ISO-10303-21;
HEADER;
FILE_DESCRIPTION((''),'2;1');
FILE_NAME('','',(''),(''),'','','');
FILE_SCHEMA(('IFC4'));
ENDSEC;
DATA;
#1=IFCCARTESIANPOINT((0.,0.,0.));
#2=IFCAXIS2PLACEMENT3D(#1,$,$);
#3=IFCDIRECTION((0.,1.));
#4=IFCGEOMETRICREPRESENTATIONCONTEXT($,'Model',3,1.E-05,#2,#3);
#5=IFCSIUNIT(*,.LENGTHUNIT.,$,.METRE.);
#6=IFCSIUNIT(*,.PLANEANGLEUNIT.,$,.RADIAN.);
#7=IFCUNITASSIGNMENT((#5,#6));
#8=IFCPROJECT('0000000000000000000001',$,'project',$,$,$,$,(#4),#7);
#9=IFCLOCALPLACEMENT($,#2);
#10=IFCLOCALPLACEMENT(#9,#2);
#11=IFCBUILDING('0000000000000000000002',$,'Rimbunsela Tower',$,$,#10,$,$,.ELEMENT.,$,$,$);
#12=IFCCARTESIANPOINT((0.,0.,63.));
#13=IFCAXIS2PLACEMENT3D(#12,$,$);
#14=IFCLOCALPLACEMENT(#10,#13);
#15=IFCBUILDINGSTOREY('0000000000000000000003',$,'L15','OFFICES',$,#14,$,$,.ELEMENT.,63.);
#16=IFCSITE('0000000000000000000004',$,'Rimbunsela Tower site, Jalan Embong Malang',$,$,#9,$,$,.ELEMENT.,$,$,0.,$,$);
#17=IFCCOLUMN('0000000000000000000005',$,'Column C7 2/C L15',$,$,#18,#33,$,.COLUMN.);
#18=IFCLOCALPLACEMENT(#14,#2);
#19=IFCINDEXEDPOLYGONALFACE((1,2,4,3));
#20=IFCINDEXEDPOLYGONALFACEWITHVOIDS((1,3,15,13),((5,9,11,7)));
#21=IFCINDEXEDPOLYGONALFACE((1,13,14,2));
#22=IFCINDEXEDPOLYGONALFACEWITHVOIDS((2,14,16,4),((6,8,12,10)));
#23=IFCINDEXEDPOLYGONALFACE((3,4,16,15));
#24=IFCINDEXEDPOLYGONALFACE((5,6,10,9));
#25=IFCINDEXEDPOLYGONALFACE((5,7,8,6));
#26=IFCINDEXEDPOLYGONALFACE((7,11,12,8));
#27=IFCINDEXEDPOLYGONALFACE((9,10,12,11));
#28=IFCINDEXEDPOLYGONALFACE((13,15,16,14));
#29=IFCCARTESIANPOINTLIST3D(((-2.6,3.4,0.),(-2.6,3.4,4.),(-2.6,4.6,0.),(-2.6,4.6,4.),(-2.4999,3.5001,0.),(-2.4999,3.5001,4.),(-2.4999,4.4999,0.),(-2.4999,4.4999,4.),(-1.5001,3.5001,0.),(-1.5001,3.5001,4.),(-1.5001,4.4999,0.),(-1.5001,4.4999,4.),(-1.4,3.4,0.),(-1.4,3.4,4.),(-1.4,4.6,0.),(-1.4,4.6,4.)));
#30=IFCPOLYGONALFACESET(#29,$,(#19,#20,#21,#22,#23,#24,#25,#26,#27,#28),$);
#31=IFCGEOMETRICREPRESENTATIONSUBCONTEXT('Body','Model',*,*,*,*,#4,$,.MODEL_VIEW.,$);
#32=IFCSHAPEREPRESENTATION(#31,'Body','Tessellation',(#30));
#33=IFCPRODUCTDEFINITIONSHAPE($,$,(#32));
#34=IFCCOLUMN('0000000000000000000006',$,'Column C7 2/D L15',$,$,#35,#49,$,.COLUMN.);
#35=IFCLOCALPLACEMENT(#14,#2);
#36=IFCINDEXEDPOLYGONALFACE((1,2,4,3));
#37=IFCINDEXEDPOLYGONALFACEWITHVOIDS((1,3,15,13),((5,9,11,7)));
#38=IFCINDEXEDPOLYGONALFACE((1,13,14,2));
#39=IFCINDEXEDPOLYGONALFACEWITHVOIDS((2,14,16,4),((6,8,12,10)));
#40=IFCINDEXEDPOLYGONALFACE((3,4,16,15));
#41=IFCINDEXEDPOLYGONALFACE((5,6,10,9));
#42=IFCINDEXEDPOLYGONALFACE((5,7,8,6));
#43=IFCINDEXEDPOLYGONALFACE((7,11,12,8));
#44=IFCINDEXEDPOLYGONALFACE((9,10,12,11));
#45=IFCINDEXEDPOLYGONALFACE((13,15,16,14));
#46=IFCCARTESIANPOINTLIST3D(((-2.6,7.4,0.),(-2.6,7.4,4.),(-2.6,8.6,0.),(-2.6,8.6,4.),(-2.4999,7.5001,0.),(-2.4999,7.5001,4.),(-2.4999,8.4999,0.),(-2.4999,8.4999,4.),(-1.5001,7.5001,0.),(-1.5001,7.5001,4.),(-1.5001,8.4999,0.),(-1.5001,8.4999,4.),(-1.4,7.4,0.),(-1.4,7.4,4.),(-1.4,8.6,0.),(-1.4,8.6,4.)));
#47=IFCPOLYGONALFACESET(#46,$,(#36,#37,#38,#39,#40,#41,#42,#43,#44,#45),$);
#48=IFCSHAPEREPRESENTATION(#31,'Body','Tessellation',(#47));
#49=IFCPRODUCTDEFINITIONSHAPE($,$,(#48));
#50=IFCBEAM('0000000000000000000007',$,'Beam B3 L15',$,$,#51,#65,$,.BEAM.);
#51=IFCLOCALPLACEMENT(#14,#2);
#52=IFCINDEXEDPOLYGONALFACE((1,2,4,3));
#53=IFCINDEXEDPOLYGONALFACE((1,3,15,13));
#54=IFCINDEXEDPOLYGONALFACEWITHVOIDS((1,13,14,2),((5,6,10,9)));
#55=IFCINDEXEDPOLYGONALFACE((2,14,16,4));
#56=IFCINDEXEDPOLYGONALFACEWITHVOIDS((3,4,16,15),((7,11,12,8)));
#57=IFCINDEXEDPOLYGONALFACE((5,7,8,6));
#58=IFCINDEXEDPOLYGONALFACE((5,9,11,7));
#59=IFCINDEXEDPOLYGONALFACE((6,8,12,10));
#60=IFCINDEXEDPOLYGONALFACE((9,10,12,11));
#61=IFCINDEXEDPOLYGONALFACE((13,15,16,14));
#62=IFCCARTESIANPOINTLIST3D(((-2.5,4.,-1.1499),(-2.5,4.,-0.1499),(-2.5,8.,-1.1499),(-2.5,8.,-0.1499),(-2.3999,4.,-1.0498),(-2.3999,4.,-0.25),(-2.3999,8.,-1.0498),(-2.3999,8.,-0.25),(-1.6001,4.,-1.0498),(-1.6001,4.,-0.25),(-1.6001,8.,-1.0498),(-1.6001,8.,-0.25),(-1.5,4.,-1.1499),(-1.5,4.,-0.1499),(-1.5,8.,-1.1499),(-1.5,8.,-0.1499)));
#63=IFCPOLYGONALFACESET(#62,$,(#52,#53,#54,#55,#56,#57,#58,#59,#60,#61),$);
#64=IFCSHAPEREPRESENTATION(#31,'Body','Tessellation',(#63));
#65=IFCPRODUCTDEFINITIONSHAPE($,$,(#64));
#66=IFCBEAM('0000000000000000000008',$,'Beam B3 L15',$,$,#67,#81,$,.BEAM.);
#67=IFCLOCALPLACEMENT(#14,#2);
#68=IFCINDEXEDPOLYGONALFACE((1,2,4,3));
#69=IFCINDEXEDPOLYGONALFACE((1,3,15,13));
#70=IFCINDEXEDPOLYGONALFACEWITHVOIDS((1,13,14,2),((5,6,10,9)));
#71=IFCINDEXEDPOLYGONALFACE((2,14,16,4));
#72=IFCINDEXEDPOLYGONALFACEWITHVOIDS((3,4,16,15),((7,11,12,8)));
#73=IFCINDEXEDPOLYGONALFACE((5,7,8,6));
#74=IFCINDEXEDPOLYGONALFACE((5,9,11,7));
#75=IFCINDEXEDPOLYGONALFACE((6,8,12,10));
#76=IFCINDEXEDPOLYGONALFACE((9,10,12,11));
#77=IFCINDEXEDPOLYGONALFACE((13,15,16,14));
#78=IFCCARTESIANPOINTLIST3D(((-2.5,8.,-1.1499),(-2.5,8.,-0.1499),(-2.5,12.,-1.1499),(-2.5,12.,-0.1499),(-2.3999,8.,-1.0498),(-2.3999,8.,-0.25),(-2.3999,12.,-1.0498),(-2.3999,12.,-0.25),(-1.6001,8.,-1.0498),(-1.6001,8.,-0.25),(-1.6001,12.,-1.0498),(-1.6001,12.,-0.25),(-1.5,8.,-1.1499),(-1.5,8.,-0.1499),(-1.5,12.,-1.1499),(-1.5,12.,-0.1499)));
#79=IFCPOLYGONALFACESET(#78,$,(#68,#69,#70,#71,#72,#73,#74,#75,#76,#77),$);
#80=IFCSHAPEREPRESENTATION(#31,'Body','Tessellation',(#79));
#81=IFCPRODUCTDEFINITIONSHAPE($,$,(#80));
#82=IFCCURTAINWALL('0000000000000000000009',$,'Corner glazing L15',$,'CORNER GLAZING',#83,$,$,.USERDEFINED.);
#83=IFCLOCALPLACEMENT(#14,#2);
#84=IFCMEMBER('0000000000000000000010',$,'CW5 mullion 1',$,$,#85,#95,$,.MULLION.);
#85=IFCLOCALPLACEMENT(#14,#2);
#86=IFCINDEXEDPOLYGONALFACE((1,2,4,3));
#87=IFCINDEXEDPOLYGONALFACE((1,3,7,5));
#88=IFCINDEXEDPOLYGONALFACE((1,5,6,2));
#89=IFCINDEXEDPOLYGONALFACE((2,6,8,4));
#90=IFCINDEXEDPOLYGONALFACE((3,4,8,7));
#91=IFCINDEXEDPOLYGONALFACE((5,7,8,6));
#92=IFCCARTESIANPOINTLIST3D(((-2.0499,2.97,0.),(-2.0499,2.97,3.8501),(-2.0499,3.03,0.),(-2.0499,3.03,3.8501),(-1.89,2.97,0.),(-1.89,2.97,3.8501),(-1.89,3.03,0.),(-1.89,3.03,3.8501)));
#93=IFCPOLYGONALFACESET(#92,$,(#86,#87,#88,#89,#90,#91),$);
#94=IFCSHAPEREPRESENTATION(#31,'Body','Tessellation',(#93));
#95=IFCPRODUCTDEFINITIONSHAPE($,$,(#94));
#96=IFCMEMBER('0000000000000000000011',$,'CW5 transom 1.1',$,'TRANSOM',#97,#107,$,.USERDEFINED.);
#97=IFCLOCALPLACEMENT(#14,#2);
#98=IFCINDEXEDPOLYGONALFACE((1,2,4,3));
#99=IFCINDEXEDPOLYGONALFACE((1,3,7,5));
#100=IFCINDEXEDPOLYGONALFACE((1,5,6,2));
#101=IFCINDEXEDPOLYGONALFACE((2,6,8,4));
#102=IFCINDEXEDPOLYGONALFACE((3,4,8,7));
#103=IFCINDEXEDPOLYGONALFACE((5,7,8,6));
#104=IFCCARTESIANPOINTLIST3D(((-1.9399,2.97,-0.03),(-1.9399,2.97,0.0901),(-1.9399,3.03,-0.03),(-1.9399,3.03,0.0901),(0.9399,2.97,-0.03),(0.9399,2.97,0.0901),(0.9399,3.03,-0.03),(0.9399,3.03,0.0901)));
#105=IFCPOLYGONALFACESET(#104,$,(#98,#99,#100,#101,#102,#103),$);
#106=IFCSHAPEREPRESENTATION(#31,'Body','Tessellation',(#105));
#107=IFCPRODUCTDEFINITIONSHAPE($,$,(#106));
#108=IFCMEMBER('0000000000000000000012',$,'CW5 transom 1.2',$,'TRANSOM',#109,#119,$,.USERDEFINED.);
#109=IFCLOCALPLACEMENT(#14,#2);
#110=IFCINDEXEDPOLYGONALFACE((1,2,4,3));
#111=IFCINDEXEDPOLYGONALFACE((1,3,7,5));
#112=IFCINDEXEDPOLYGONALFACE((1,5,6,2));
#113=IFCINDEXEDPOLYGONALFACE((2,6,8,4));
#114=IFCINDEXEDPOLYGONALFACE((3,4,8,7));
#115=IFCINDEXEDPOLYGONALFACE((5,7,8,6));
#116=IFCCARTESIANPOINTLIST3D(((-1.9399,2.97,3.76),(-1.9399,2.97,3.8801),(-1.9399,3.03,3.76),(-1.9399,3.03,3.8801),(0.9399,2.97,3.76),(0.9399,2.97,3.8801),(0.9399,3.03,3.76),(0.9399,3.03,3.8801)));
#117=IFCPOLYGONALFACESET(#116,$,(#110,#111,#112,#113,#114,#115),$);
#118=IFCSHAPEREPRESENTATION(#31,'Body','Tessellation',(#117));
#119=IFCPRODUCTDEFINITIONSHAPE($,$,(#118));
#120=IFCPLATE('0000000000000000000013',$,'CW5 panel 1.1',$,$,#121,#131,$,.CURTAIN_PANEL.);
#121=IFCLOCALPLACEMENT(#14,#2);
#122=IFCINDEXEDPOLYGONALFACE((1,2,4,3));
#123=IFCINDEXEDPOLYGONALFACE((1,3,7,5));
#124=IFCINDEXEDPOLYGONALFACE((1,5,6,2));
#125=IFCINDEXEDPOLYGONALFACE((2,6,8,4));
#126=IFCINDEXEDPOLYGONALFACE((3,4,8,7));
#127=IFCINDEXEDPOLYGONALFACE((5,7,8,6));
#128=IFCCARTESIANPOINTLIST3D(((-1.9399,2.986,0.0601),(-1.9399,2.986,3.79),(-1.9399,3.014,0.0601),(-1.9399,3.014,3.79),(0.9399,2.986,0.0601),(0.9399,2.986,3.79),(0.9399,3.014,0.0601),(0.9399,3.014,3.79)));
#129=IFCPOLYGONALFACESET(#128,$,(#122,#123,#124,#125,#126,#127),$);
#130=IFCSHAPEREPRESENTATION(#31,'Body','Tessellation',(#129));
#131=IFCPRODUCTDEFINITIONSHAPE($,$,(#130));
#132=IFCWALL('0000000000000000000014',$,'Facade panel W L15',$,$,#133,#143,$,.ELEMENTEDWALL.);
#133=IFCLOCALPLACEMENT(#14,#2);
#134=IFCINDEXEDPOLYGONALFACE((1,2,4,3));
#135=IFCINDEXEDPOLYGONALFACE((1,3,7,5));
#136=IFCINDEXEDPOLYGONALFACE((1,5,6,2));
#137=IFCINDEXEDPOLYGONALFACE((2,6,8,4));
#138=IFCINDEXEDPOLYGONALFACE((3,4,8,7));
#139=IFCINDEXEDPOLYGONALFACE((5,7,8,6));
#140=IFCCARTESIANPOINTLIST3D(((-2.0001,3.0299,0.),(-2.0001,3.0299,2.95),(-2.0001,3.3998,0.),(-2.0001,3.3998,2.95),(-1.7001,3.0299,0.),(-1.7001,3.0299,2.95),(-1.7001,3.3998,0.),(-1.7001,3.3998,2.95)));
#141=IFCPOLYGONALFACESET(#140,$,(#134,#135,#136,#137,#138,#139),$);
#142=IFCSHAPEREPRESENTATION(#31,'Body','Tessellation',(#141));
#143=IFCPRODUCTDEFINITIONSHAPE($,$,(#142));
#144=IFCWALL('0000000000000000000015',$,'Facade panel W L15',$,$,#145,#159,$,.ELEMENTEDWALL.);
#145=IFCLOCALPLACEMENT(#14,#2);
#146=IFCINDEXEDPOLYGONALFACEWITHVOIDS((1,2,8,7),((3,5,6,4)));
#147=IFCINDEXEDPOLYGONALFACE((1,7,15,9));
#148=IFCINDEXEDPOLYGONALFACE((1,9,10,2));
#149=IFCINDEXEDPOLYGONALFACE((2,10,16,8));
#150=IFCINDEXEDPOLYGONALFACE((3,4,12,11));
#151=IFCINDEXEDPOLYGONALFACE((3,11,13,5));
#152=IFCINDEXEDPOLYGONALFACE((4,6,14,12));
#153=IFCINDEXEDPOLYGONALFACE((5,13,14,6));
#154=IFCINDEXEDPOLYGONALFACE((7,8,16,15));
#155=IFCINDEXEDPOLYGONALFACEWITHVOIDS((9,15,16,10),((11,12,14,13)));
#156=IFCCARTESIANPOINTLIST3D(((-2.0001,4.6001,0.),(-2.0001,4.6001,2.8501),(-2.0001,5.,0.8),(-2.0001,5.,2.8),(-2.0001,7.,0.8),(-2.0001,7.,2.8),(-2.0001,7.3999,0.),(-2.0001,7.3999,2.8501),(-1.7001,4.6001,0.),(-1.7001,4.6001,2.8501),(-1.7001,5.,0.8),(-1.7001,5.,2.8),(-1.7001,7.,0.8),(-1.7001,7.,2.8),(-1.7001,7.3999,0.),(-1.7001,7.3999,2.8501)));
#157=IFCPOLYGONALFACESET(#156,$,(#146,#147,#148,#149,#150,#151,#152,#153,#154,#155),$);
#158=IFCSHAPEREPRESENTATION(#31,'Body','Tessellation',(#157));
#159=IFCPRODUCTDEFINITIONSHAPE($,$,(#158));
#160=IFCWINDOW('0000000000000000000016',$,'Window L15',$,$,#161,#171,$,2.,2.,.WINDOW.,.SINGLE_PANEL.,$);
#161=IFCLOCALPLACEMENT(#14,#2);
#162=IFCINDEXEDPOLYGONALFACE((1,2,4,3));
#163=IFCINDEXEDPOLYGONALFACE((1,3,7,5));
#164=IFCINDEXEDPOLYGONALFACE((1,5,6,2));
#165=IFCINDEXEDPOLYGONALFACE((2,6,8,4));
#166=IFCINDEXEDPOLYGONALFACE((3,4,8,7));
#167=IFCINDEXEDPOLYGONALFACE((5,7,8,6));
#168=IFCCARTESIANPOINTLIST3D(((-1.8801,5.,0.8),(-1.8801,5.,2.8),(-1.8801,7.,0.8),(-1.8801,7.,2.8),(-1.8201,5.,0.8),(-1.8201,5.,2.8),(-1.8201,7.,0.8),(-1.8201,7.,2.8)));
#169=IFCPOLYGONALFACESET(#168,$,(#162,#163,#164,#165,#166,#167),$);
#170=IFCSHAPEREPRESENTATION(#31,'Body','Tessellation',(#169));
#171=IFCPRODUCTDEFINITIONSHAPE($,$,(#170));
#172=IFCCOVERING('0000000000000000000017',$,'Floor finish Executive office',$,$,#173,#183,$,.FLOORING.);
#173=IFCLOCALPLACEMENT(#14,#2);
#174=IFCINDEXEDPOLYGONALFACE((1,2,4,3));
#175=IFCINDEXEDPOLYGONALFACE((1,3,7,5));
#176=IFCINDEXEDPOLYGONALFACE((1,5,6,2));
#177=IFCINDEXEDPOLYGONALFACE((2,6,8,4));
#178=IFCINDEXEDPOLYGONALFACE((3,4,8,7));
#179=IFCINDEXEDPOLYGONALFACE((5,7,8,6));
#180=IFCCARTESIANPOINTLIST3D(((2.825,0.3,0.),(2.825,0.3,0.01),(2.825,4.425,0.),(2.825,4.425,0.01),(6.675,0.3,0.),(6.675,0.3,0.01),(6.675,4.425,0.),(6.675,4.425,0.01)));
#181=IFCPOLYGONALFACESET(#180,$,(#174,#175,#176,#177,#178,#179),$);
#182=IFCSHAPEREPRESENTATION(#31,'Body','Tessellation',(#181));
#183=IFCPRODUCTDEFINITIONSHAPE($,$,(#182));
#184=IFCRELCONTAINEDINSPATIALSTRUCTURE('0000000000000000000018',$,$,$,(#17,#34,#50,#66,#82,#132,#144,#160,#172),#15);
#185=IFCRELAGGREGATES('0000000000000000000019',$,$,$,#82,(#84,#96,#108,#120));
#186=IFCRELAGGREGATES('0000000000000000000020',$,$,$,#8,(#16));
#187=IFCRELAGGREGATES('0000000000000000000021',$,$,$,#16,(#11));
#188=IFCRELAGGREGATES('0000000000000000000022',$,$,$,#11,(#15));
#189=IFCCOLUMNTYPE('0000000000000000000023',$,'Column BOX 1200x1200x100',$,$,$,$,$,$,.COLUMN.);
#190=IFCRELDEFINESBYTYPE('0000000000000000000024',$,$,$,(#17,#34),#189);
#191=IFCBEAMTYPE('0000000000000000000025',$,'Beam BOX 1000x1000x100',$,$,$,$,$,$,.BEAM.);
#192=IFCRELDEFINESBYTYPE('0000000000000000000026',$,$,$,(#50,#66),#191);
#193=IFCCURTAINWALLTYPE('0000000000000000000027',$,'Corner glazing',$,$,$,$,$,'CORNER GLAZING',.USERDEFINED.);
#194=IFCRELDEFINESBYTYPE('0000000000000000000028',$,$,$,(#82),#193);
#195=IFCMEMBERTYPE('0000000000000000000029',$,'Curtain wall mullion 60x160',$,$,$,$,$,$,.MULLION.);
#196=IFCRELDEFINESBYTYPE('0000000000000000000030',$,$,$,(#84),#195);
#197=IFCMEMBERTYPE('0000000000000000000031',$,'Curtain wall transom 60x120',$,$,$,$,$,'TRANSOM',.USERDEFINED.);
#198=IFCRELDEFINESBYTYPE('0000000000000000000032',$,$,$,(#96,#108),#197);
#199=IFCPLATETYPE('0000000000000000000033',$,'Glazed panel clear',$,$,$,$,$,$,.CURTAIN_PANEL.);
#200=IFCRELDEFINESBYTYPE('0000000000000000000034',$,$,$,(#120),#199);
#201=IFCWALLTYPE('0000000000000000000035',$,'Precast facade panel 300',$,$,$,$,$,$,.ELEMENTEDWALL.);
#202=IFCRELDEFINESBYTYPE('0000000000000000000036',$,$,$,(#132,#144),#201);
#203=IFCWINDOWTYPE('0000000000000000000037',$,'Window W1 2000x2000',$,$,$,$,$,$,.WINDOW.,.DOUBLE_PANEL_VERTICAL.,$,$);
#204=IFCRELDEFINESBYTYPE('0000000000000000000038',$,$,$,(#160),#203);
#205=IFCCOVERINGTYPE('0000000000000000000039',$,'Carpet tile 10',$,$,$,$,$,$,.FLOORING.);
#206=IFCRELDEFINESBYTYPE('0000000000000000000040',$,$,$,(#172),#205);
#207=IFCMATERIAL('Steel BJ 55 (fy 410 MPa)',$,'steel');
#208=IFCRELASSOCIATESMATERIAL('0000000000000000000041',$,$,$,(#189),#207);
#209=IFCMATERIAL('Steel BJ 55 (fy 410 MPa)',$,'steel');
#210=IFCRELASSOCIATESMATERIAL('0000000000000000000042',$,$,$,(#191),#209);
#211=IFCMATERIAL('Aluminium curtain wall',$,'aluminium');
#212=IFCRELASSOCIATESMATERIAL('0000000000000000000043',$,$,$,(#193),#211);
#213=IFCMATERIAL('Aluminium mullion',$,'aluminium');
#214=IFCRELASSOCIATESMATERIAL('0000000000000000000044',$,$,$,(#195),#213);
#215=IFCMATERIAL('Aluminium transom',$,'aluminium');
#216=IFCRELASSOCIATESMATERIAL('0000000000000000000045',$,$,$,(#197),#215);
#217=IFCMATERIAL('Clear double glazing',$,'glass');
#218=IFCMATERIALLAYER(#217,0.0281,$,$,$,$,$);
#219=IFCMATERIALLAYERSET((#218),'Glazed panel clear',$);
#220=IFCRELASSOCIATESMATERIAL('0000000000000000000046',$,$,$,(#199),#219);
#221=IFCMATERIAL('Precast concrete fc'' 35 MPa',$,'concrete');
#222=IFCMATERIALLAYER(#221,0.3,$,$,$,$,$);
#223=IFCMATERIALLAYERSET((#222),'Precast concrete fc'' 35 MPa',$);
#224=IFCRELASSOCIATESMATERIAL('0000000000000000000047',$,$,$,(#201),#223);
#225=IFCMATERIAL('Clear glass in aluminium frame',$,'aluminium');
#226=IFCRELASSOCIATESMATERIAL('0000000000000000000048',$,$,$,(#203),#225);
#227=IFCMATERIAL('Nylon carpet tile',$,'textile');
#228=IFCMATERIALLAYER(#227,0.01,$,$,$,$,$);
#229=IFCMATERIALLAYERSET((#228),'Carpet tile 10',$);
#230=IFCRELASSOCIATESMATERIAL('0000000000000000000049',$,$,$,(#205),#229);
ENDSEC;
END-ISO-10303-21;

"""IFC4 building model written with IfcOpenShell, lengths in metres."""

from ifc_helpers import new_model, si_unit, direction, frame, frame_2d, origin, origin_2d, place, context, subcontext, project, spatial, polyline, rectangle, hollow_rectangle, outline, extrude, material, layer, layer_set, material_profile, profile_set, type_object, element, fill, aggregate, save


model = new_model("IFC4")

# Units and contexts
model_context = context("Model", 3, precision=1e-05, world=origin(), true_north=direction((0.0, 1.0)))
body_context = subcontext(model_context, "Body", "Model", "MODEL_VIEW")
ifc_project = project(units=[si_unit("LENGTHUNIT", "METRE"), si_unit("PLANEANGLEUNIT", "RADIAN")], contexts=[model_context])

# Site, building, storey
site_placement = place(None, origin())
site = spatial("IfcSite", under=ifc_project, at=site_placement, Name="Rimbunsela Tower site, Jalan Embong Malang", CompositionType="ELEMENT", RefElevation=0.0)
building_placement = place(site_placement, origin())
building = spatial("IfcBuilding", under=site, at=building_placement, Name="Rimbunsela Tower", CompositionType="ELEMENT")
storey_placement = place(building_placement, frame((0.0, 0.0, 63.0)))
storey = spatial("IfcBuildingStorey", under=building, at=storey_placement, Name="L15", Description="OFFICES", CompositionType="ELEMENT", Elevation=63.0)

# Columns
ifc_material_1 = material(Name="Steel BJ 55 (fy 410 MPa)", Category="steel")
ifc_material_profile_1 = material_profile(ifc_material_1, hollow_rectangle(XDim=1.2, YDim=1.2, WallThickness=0.1001, at=origin_2d()), Name="BOX 1200x1200x100")
ifc_profile_set_1 = profile_set([ifc_material_profile_1], Name="Steel BJ 55 (fy 410 MPa)")
column_type = type_object("IfcColumnType", Name="Column BOX 1200x1200x100", PredefinedType="COLUMN", material=ifc_profile_set_1)
for number, where, z_axis, x_axis, name in (
    (1, (-2.0, 4.0, 0.0), (0.0, 0.0, 1.0), (1.0, 0.0, 0.0), "Column C7 2/C L15"),
    (2, (-2.0, 8.0, 0.0), (0.0, 0.0, 1.0), (1.0, 0.0, 0.0), "Column C7 2/D L15"),
):
    element("IfcColumn", number, at=place(storey_placement, frame(where, z_axis=z_axis, x_axis=x_axis)), inside=storey, type_object=column_type, Name=name, PredefinedType="COLUMN", context=body_context, shape_type="SweptSolid", body=[
        extrude(hollow_rectangle(XDim=1.2, YDim=1.2, WallThickness=0.1001, at=origin_2d()), origin(), (0.0, 0.0, 1.0), 4.0),
    ])

# Beams
ifc_material_2 = material(Name="Steel BJ 55 (fy 410 MPa)", Category="steel")
ifc_material_profile_2 = material_profile(ifc_material_2, hollow_rectangle(XDim=1.0, YDim=1.0, WallThickness=0.1001, at=origin_2d()), Name="BOX 1000x1000x100")
ifc_profile_set_2 = profile_set([ifc_material_profile_2], Name="Steel BJ 55 (fy 410 MPa)")
beam_type = type_object("IfcBeamType", Name="Beam BOX 1000x1000x100", PredefinedType="BEAM", material=ifc_profile_set_2)
for number, where, z_axis, x_axis, name in (
    (3, (-2.0, 4.0, -0.6499), (0.0, 1.0, 0.0), (-1.0, 0.0, 0.0), "Beam B3 L15"),
    (4, (-2.0, 8.0, -0.6499), (0.0, 1.0, 0.0), (-1.0, 0.0, 0.0), "Beam B3 L15"),
):
    element("IfcBeam", number, at=place(storey_placement, frame(where, z_axis=z_axis, x_axis=x_axis)), inside=storey, type_object=beam_type, Name=name, PredefinedType="BEAM", context=body_context, shape_type="SweptSolid", body=[
        extrude(hollow_rectangle(XDim=1.0, YDim=1.0, WallThickness=0.1001, at=origin_2d()), origin(), (0.0, 0.0, 1.0), 4.0),
    ])

# Curtain wall, members, plate
ifc_material_3 = material(Name="Aluminium curtain wall", Category="aluminium")
curtain_wall_type = type_object("IfcCurtainWallType", Name="Corner glazing", ElementType="CORNER GLAZING", PredefinedType="USERDEFINED", material=ifc_material_3)
curtain_wall_placement = place(storey_placement, origin())
curtain_wall = element("IfcCurtainWall", 5, at=curtain_wall_placement, inside=storey, type_object=curtain_wall_type, Name="Corner glazing L15", ObjectType="CORNER GLAZING", PredefinedType="USERDEFINED")
ifc_material_4 = material(Name="Aluminium mullion", Category="aluminium")
ifc_material_profile_3 = material_profile(ifc_material_4, rectangle(XDim=0.0601, YDim=0.1599, at=origin_2d()), Name="Mullion 60x160")
ifc_profile_set_3 = profile_set([ifc_material_profile_3], Name="Aluminium mullion")
member_type_1 = type_object("IfcMemberType", Name="Curtain wall mullion 60x160", PredefinedType="MULLION", material=ifc_profile_set_3)
member_1_placement = place(storey_placement, frame((-1.97, 3.0, 0.0), z_axis=(0.0, 0.0, 1.0), x_axis=(0.0, 1.0, 0.0)))
member_1 = element("IfcMember", 6, at=member_1_placement, type_object=member_type_1, Name="CW5 mullion 1", PredefinedType="MULLION", context=body_context, shape_type="SweptSolid", body=[
    extrude(rectangle(XDim=0.0601, YDim=0.1599, at=origin_2d()), origin(), (0.0, 0.0, 1.0), 3.8501),
])
ifc_material_5 = material(Name="Aluminium transom", Category="aluminium")
ifc_material_profile_4 = material_profile(ifc_material_5, rectangle(XDim=0.0601, YDim=0.1201, at=origin_2d()), Name="Transom 60x120")
ifc_profile_set_4 = profile_set([ifc_material_profile_4], Name="Aluminium transom")
member_type_2 = type_object("IfcMemberType", Name="Curtain wall transom 60x120", ElementType="TRANSOM", PredefinedType="USERDEFINED", material=ifc_profile_set_4)
member_2_placement = place(storey_placement, frame((-1.9399, 3.0, 0.03), z_axis=(1.0, 0.0, 0.0), x_axis=(0.0, 1.0, 0.0)))
member_2 = element("IfcMember", 7, at=member_2_placement, type_object=member_type_2, Name="CW5 transom 1.1", ObjectType="TRANSOM", PredefinedType="USERDEFINED", context=body_context, shape_type="SweptSolid", body=[
    extrude(rectangle(XDim=0.0601, YDim=0.1201, at=origin_2d()), origin(), (0.0, 0.0, 1.0), 2.8799),
])
member_3_placement = place(storey_placement, frame((-1.9399, 3.0, 3.8201), z_axis=(1.0, 0.0, 0.0), x_axis=(0.0, 1.0, 0.0)))
member_3 = element("IfcMember", 8, at=member_3_placement, type_object=member_type_2, Name="CW5 transom 1.2", ObjectType="TRANSOM", PredefinedType="USERDEFINED", context=body_context, shape_type="SweptSolid", body=[
    extrude(rectangle(XDim=0.0601, YDim=0.1201, at=origin_2d()), origin(), (0.0, 0.0, 1.0), 2.8799),
])
ifc_material_6 = material(Name="Clear double glazing", Category="glass")
ifc_layer_1 = layer(ifc_material_6, 0.0281)
ifc_layer_set_1 = layer_set([ifc_layer_1], Name="Glazed panel clear")
plate_type = type_object("IfcPlateType", Name="Glazed panel clear", PredefinedType="CURTAIN_PANEL", material=ifc_layer_set_1)
plate_placement = place(storey_placement, frame((-0.5, 3.0, 0.0601), z_axis=(0.0, 0.0, 1.0), x_axis=(1.0, 0.0, 0.0)))
plate = element("IfcPlate", 9, at=plate_placement, type_object=plate_type, Name="CW5 panel 1.1", PredefinedType="CURTAIN_PANEL", context=body_context, shape_type="SweptSolid", body=[
    extrude(rectangle(XDim=2.8799, YDim=0.0281, at=origin_2d()), origin(), (0.0, 0.0, 1.0), 3.73),
])
aggregate(curtain_wall, [member_1, member_2, member_3, plate])

# Wall
ifc_material_7 = material(Name="Precast concrete fc' 35 MPa", Category="concrete")
ifc_layer_2 = layer(ifc_material_7, 0.3)
ifc_layer_set_2 = layer_set([ifc_layer_2], Name="Precast concrete fc' 35 MPa")
wall_type = type_object("IfcWallType", Name="Precast facade panel 300", PredefinedType="ELEMENTEDWALL", material=ifc_layer_set_2)
wall_1_placement = place(storey_placement, frame((-1.8501, 3.3999, 0.0), z_axis=(0.0, 0.0, 1.0), x_axis=(0.0, -1.0, 0.0)))
element("IfcWall", 10, at=wall_1_placement, inside=storey, type_object=wall_type, Name="Facade panel W L15", PredefinedType="ELEMENTEDWALL", context=body_context, shape_type="SweptSolid", body=[
    extrude(rectangle(XDim=0.3699, YDim=0.3, at=frame_2d((0.1851, 0.0))), origin(), (0.0, 0.0, 1.0), 2.95),
])

# Wall, opening, window
wall_2_placement = place(storey_placement, frame((-1.8501, 7.3999, 0.0), z_axis=(0.0, 0.0, 1.0), x_axis=(0.0, -1.0, 0.0)))
wall_2 = element("IfcWall", 11, at=wall_2_placement, inside=storey, type_object=wall_type, Name="Facade panel W L15", PredefinedType="ELEMENTEDWALL", context=body_context, shape_type="SweptSolid", body=[
    extrude(rectangle(XDim=2.7998, YDim=0.3, at=frame_2d((1.3999, 0.0))), origin(), (0.0, 0.0, 1.0), 2.8501),
])
opening_placement = place(wall_2_placement, frame((0.3999, 0.0, 0.8)))
opening = element("IfcOpeningElement", 12, at=opening_placement, cuts=wall_2, PredefinedType="OPENING", context=body_context, shape_type="SweptSolid", body=[
    extrude(rectangle(XDim=2.0, YDim=2.0, at=frame_2d((1.0, 1.0))), frame((0.0, 0.1599, 0.0), z_axis=(0.0, -1.0, 0.0), x_axis=(1.0, 0.0, 0.0)), (0.0, 0.0, 1.0), 0.3201),
])
ifc_material_8 = material(Name="Clear glass in aluminium frame", Category="aluminium")
window_type = type_object("IfcWindowType", Name="Window W1 2000x2000", PartitioningType="DOUBLE_PANEL_VERTICAL", PredefinedType="WINDOW", material=ifc_material_8)
window_placement = place(opening_placement, origin())
window = element("IfcWindow", 13, at=window_placement, inside=storey, type_object=window_type, Name="Window L15", OverallHeight=2.0, OverallWidth=2.0, PartitioningType="SINGLE_PANEL", PredefinedType="WINDOW", context=body_context, shape_type="SweptSolid", body=[
    extrude(rectangle(XDim=2.0, YDim=2.0, at=frame_2d((1.0, 1.0))), frame((0.0, 0.03, 0.0), z_axis=(0.0, -1.0, 0.0), x_axis=(1.0, 0.0, 0.0)), (0.0, 0.0, 1.0), 0.0601),
])
fill(opening, window)

# Covering
ifc_material_9 = material(Name="Nylon carpet tile", Category="textile")
ifc_layer_3 = layer(ifc_material_9, 0.01)
ifc_layer_set_3 = layer_set([ifc_layer_3], Name="Carpet tile 10")
covering_type_1 = type_object("IfcCoveringType", Name="Carpet tile 10", PredefinedType="FLOORING", material=ifc_layer_set_3)
covering_1_placement = place(storey_placement, origin())
element("IfcCovering", 14, at=covering_1_placement, inside=storey, type_object=covering_type_1, Name="Floor finish Executive office", PredefinedType="FLOORING", context=body_context, shape_type="SweptSolid", body=[
    extrude(outline(polyline([(6.675, 0.3), (6.675, 4.425), (2.825, 4.425), (2.825, 0.3), (6.675, 0.3)])), origin(), (0.0, 0.0, 1.0), 0.01),
])

save(model, "model.ifc")
